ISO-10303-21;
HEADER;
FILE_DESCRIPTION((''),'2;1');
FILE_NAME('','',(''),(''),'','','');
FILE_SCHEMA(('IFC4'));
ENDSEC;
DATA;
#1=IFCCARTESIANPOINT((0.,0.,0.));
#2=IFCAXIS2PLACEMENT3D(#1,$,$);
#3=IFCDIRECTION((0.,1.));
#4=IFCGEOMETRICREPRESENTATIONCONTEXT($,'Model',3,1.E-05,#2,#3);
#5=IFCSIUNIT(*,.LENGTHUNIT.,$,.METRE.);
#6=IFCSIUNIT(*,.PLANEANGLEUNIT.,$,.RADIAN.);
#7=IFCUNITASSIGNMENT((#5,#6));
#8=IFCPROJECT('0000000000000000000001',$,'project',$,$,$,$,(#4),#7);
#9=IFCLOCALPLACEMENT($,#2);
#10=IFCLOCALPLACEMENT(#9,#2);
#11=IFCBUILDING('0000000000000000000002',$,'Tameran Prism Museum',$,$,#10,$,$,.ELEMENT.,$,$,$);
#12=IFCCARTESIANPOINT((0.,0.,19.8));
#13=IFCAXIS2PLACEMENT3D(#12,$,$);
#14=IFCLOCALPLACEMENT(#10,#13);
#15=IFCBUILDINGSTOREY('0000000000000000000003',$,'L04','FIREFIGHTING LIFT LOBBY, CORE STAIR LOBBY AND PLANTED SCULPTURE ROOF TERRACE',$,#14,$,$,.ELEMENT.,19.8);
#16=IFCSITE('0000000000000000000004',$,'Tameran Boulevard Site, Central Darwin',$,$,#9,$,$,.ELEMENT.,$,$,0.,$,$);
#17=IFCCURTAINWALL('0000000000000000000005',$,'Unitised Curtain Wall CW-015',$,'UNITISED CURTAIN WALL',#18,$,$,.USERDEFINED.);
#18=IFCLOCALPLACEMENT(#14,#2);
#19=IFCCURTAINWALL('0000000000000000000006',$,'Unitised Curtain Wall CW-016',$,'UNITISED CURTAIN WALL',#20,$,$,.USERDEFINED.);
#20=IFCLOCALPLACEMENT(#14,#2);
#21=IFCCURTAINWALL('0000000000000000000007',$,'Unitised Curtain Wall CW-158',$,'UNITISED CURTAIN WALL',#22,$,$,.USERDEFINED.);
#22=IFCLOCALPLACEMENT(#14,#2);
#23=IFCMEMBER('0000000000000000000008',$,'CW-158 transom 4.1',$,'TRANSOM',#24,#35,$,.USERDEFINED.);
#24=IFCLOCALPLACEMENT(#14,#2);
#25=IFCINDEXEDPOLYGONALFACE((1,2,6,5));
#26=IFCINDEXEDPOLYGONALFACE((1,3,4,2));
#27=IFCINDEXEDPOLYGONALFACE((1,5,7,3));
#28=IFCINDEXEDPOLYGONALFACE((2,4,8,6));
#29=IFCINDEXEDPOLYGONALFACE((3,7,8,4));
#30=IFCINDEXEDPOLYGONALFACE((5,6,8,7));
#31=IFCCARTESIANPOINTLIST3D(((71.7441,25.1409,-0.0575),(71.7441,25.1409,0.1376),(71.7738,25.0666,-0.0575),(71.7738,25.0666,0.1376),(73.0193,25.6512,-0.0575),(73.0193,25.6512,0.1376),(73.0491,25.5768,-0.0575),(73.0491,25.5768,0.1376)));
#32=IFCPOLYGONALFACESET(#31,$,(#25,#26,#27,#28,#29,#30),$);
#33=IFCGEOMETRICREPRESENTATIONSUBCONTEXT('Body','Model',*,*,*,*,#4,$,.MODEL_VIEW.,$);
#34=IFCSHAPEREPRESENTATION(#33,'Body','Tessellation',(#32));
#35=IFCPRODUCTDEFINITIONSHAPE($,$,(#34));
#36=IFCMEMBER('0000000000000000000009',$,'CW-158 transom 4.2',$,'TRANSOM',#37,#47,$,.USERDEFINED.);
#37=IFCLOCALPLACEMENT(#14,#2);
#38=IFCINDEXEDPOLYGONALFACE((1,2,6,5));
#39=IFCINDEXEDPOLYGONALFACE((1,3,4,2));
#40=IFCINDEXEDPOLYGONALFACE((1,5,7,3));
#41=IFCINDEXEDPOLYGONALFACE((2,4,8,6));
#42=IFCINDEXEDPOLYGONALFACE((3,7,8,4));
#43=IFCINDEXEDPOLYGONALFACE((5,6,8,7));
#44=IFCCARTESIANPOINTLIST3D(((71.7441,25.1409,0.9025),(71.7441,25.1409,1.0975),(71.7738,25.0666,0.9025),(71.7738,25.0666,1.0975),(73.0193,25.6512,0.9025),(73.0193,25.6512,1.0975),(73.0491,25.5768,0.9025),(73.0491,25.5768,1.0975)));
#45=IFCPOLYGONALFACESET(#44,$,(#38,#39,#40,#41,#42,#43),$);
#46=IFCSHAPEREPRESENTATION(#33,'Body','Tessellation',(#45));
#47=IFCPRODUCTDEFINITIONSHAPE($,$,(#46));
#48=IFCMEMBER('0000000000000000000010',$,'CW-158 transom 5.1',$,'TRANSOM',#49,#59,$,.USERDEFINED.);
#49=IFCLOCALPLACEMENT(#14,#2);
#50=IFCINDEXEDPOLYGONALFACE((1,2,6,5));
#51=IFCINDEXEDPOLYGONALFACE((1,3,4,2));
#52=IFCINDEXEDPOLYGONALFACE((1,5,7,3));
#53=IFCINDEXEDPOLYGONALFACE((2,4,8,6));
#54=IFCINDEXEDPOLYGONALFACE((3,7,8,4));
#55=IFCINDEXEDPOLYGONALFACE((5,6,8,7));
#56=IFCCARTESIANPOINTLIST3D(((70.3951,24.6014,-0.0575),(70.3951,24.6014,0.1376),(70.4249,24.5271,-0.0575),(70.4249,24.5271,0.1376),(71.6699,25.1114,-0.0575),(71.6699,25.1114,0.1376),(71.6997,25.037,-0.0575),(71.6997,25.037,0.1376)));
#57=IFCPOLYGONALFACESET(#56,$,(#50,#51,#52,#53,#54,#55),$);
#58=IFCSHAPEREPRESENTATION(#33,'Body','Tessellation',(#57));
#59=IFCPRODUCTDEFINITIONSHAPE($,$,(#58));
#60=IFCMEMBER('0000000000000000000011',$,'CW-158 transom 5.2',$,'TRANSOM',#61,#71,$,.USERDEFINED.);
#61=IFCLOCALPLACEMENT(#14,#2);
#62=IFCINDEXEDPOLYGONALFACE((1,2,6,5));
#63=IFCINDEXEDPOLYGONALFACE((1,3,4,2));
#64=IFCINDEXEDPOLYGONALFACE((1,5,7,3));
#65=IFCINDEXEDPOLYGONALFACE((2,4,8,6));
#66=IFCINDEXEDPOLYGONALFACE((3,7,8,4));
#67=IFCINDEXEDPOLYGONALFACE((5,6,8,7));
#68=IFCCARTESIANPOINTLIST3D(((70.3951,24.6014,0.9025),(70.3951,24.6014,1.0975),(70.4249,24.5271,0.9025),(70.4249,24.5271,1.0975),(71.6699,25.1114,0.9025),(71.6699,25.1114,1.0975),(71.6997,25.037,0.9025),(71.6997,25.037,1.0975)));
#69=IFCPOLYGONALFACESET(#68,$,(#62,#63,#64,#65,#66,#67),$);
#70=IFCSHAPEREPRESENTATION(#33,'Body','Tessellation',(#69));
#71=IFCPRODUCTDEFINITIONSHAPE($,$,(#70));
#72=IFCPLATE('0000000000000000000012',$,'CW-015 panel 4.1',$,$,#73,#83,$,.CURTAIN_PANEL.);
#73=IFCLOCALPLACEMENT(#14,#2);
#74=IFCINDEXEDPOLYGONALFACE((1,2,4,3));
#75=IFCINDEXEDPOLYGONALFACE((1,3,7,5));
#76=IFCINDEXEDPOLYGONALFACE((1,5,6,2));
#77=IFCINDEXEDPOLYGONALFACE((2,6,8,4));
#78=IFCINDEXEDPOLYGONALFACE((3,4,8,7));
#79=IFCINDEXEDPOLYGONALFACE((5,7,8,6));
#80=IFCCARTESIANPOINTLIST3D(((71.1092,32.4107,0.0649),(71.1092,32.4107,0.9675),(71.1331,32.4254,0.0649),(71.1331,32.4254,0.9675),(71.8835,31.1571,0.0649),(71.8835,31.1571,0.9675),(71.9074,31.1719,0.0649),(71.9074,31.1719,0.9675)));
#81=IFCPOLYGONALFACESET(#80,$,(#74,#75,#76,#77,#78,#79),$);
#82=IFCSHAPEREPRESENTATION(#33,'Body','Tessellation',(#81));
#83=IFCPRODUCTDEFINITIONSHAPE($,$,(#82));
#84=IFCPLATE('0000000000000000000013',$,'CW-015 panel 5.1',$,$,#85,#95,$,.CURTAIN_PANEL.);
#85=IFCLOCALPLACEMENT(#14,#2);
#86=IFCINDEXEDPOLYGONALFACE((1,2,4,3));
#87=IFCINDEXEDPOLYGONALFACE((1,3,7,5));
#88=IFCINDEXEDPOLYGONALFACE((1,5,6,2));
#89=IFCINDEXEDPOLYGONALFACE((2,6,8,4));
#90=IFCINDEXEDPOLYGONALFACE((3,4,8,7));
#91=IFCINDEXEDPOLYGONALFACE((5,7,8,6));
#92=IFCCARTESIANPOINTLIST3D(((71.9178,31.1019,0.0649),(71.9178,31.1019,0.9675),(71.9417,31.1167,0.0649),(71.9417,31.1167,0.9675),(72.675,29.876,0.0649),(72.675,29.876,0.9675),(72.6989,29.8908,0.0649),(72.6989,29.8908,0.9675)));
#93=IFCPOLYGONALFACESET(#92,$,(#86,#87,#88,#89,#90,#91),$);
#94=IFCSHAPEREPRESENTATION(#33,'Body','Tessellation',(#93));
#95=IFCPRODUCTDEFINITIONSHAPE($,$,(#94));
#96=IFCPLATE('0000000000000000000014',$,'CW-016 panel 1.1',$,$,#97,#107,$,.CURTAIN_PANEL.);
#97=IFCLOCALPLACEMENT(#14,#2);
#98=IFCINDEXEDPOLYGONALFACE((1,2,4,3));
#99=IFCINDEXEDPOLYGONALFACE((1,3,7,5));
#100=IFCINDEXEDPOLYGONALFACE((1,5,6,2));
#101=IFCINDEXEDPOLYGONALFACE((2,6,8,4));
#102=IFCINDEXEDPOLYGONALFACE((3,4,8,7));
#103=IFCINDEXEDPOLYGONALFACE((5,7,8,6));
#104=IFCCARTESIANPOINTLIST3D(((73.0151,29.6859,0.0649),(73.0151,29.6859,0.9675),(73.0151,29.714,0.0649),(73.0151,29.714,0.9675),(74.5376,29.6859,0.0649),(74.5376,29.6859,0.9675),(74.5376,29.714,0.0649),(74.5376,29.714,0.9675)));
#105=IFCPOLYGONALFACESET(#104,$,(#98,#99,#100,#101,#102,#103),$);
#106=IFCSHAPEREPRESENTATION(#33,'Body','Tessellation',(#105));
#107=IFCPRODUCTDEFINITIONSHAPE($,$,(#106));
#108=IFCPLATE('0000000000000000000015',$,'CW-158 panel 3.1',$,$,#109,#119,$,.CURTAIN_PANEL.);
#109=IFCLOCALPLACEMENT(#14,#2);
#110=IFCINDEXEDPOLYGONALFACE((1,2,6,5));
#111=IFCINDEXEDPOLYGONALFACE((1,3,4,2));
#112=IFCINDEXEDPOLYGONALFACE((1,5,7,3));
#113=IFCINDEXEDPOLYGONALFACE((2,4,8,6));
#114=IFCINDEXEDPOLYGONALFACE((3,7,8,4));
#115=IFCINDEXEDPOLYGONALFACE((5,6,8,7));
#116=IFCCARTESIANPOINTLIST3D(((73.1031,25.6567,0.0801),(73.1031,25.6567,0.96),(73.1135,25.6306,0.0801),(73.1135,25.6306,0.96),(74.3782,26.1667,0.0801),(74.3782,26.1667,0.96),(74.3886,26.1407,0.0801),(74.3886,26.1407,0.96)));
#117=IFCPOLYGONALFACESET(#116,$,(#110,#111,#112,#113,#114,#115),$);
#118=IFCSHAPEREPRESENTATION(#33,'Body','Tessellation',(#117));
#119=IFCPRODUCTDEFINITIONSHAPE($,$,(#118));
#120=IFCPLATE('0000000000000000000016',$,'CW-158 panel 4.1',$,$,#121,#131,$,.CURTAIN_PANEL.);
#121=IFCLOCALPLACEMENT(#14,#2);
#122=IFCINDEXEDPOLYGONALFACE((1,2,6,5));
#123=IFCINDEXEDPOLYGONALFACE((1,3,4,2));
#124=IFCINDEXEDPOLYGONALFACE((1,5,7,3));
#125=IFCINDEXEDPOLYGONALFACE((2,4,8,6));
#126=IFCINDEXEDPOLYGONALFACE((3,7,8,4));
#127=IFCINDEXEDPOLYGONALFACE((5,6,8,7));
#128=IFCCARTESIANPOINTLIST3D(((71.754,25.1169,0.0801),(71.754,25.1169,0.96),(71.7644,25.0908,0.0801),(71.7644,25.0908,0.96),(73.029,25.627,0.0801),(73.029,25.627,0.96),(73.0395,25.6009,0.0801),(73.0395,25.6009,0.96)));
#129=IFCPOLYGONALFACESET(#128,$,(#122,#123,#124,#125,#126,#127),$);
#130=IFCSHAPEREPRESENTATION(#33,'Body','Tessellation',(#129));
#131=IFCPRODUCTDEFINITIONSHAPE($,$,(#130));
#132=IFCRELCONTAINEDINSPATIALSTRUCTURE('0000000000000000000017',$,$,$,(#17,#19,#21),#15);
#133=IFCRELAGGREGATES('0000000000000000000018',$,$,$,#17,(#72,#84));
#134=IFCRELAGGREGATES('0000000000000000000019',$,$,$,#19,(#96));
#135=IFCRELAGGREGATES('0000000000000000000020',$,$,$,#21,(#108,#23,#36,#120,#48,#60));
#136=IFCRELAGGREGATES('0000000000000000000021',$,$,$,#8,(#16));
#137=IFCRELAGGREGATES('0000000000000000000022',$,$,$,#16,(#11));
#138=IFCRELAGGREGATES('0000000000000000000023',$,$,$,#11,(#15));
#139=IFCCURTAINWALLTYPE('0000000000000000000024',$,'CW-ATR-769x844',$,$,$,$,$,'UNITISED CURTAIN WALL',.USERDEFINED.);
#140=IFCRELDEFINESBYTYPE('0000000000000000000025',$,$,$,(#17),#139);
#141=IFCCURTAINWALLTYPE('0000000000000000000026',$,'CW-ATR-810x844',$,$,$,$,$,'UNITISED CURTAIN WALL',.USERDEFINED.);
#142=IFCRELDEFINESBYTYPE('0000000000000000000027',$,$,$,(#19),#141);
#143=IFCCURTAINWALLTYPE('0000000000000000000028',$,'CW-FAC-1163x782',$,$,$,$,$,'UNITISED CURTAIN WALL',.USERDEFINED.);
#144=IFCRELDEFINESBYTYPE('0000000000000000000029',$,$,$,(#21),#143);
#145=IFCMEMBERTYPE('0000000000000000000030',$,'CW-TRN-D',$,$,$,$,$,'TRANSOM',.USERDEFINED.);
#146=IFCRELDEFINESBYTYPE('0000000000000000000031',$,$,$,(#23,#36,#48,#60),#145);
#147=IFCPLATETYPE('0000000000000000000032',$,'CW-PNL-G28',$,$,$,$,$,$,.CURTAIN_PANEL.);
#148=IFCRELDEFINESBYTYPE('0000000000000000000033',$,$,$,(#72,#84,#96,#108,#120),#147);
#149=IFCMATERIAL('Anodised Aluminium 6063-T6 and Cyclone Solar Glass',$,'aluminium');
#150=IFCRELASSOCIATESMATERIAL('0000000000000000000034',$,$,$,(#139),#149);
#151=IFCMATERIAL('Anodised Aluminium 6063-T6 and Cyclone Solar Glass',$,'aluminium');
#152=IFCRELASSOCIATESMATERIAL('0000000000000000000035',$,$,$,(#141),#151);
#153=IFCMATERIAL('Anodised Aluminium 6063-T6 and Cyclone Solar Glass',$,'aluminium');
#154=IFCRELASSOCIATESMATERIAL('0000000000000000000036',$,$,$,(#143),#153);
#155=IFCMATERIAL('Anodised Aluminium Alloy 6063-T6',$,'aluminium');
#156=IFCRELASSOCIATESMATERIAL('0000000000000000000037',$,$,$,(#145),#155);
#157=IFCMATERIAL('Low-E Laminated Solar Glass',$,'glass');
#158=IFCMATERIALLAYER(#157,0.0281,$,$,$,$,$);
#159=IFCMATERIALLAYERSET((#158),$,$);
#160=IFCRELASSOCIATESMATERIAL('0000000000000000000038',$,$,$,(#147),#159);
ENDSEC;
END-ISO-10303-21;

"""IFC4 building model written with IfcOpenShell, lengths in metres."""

from ifc_helpers import new_model, si_unit, direction, frame, origin, origin_2d, place, context, subcontext, project, spatial, rectangle, extrude, material, layer, layer_set, material_profile, profile_set, type_object, element, aggregate, save


model = new_model("IFC4")

# Units and contexts
model_context = context("Model", 3, precision=1e-05, world=origin(), true_north=direction((0.0, 1.0)))
body_context = subcontext(model_context, "Body", "Model", "MODEL_VIEW")
ifc_project = project(units=[si_unit("LENGTHUNIT", "METRE"), si_unit("PLANEANGLEUNIT", "RADIAN")], contexts=[model_context])

# Site, building, storey
site_placement = place(None, origin())
site = spatial("IfcSite", under=ifc_project, at=site_placement, Name="Tameran Boulevard Site, Central Darwin", CompositionType="ELEMENT", RefElevation=0.0)
building_placement = place(site_placement, origin())
building = spatial("IfcBuilding", under=site, at=building_placement, Name="Tameran Prism Museum", CompositionType="ELEMENT")
storey_placement = place(building_placement, frame((0.0, 0.0, 19.8)))
storey = spatial("IfcBuildingStorey", under=building, at=storey_placement, Name="L04", Description="FIREFIGHTING LIFT LOBBY, CORE STAIR LOBBY AND PLANTED SCULPTURE ROOF TERRACE", CompositionType="ELEMENT", Elevation=19.8)

# Curtain walls
ifc_material_1 = material(Name="Anodised Aluminium 6063-T6 and Cyclone Solar Glass", Category="aluminium")
curtain_wall_type_1 = type_object("IfcCurtainWallType", Name="CW-ATR-769x844", ElementType="UNITISED CURTAIN WALL", PredefinedType="USERDEFINED", material=ifc_material_1)
curtain_wall_1_placement = place(storey_placement, origin())
curtain_wall_1 = element("IfcCurtainWall", 1, at=curtain_wall_1_placement, inside=storey, type_object=curtain_wall_type_1, Name="Unitised Curtain Wall CW-015", ObjectType="UNITISED CURTAIN WALL", PredefinedType="USERDEFINED")
ifc_material_2 = material(Name="Anodised Aluminium 6063-T6 and Cyclone Solar Glass", Category="aluminium")
curtain_wall_type_2 = type_object("IfcCurtainWallType", Name="CW-ATR-810x844", ElementType="UNITISED CURTAIN WALL", PredefinedType="USERDEFINED", material=ifc_material_2)
curtain_wall_2_placement = place(storey_placement, origin())
curtain_wall_2 = element("IfcCurtainWall", 2, at=curtain_wall_2_placement, inside=storey, type_object=curtain_wall_type_2, Name="Unitised Curtain Wall CW-016", ObjectType="UNITISED CURTAIN WALL", PredefinedType="USERDEFINED")
ifc_material_3 = material(Name="Anodised Aluminium 6063-T6 and Cyclone Solar Glass", Category="aluminium")
curtain_wall_type_3 = type_object("IfcCurtainWallType", Name="CW-FAC-1163x782", ElementType="UNITISED CURTAIN WALL", PredefinedType="USERDEFINED", material=ifc_material_3)
curtain_wall_3_placement = place(storey_placement, origin())
curtain_wall_3 = element("IfcCurtainWall", 3, at=curtain_wall_3_placement, inside=storey, type_object=curtain_wall_type_3, Name="Unitised Curtain Wall CW-158", ObjectType="UNITISED CURTAIN WALL", PredefinedType="USERDEFINED")

# Members
ifc_material_4 = material(Name="Anodised Aluminium Alloy 6063-T6", Category="aluminium")
ifc_material_profile_1 = material_profile(ifc_material_4, rectangle(XDim=0.0801, YDim=0.1951, at=origin_2d()))
ifc_profile_set_1 = profile_set([ifc_material_profile_1])
member_type_1 = type_object("IfcMemberType", Name="CW-TRN-D", ElementType="TRANSOM", PredefinedType="USERDEFINED", material=ifc_profile_set_1)
member_1_placement = place(storey_placement, frame((73.0342, 25.614, 0.04), z_axis=(-0.928428, -0.371513, 0.0), x_axis=(0.371513, -0.928428, 0.0)))
member_1 = element("IfcMember", 4, at=member_1_placement, type_object=member_type_1, Name="CW-158 transom 4.1", ObjectType="TRANSOM", PredefinedType="USERDEFINED", context=body_context, shape_type="SweptSolid", body=[
    extrude(rectangle(XDim=0.0801, YDim=0.1951, at=origin_2d()), origin(), (0.0, 0.0, 1.0), 1.3735),
])
member_2_placement = place(storey_placement, frame((73.0342, 25.614, 1.0), z_axis=(-0.928428, -0.371513, 0.0), x_axis=(0.371513, -0.928428, 0.0)))
member_2 = element("IfcMember", 5, at=member_2_placement, type_object=member_type_1, Name="CW-158 transom 4.2", ObjectType="TRANSOM", PredefinedType="USERDEFINED", context=body_context, shape_type="SweptSolid", body=[
    extrude(rectangle(XDim=0.0801, YDim=0.1951, at=origin_2d()), origin(), (0.0, 0.0, 1.0), 1.3735),
])
member_3_placement = place(storey_placement, frame((71.6848, 25.0742, 0.04), z_axis=(-0.928464, -0.371421, 0.0), x_axis=(0.371421, -0.928464, 0.0)))
member_3 = element("IfcMember", 6, at=member_3_placement, type_object=member_type_1, Name="CW-158 transom 5.1", ObjectType="TRANSOM", PredefinedType="USERDEFINED", context=body_context, shape_type="SweptSolid", body=[
    extrude(rectangle(XDim=0.0801, YDim=0.1951, at=origin_2d()), origin(), (0.0, 0.0, 1.0), 1.373),
])
member_4_placement = place(storey_placement, frame((71.6848, 25.0742, 1.0), z_axis=(-0.928464, -0.371421, 0.0), x_axis=(0.371421, -0.928464, 0.0)))
member_4 = element("IfcMember", 7, at=member_4_placement, type_object=member_type_1, Name="CW-158 transom 5.2", ObjectType="TRANSOM", PredefinedType="USERDEFINED", context=body_context, shape_type="SweptSolid", body=[
    extrude(rectangle(XDim=0.0801, YDim=0.1951, at=origin_2d()), origin(), (0.0, 0.0, 1.0), 1.373),
])

# Plates
ifc_material_5 = material(Name="Low-E Laminated Solar Glass", Category="glass")
ifc_layer_1 = layer(ifc_material_5, 0.0281)
ifc_layer_set_1 = layer_set([ifc_layer_1])
plate_type = type_object("IfcPlateType", Name="CW-PNL-G28", PredefinedType="CURTAIN_PANEL", material=ifc_layer_set_1)
plate_1_placement = place(storey_placement, frame((71.5083, 31.7913, 0.0649), z_axis=(0.0, 0.0, 1.0), x_axis=(0.525504, -0.850791, 0.0)))
plate_1 = element("IfcPlate", 8, at=plate_1_placement, type_object=plate_type, Name="CW-015 panel 4.1", PredefinedType="CURTAIN_PANEL", context=body_context, shape_type="SweptSolid", body=[
    extrude(rectangle(XDim=1.4734, YDim=0.0281, at=origin_2d()), origin(), (0.0, 0.0, 1.0), 0.9026),
])
plate_2_placement = place(storey_placement, frame((72.3083, 30.4963, 0.0649), z_axis=(0.0, 0.0, 1.0), x_axis=(0.525504, -0.850791, 0.0)))
plate_2 = element("IfcPlate", 9, at=plate_2_placement, type_object=plate_type, Name="CW-015 panel 5.1", PredefinedType="CURTAIN_PANEL", context=body_context, shape_type="SweptSolid", body=[
    extrude(rectangle(XDim=1.4409, YDim=0.0281, at=origin_2d()), origin(), (0.0, 0.0, 1.0), 0.9026),
])
aggregate(curtain_wall_1, [plate_1, plate_2])
plate_3_placement = place(storey_placement, frame((73.7764, 29.7, 0.0649), z_axis=(0.0, 0.0, 1.0), x_axis=(1.0, 0.0, 0.0)))
plate_3 = element("IfcPlate", 10, at=plate_3_placement, type_object=plate_type, Name="CW-016 panel 1.1", PredefinedType="CURTAIN_PANEL", context=body_context, shape_type="SweptSolid", body=[
    extrude(rectangle(XDim=1.5225, YDim=0.0281, at=origin_2d()), origin(), (0.0, 0.0, 1.0), 0.9026),
])
aggregate(curtain_wall_2, [plate_3])
plate_4_placement = place(storey_placement, frame((73.7458, 25.8987, 0.0801), z_axis=(0.0, 0.0, 1.0), x_axis=(-0.928465, -0.37142, 0.0)))
plate_4 = element("IfcPlate", 11, at=plate_4_placement, type_object=plate_type, Name="CW-158 panel 3.1", PredefinedType="CURTAIN_PANEL", context=body_context, shape_type="SweptSolid", body=[
    extrude(rectangle(XDim=1.3733, YDim=0.0281, at=origin_2d()), origin(), (0.0, 0.0, 1.0), 0.8799),
])
plate_5_placement = place(storey_placement, frame((72.3967, 25.3589, 0.0801), z_axis=(0.0, 0.0, 1.0), x_axis=(-0.928465, -0.37142, 0.0)))
plate_5 = element("IfcPlate", 12, at=plate_5_placement, type_object=plate_type, Name="CW-158 panel 4.1", PredefinedType="CURTAIN_PANEL", context=body_context, shape_type="SweptSolid", body=[
    extrude(rectangle(XDim=1.3733, YDim=0.0281, at=origin_2d()), origin(), (0.0, 0.0, 1.0), 0.8799),
])
aggregate(curtain_wall_3, [plate_4, member_1, member_2, plate_5, member_3, member_4])

save(model, "model.ifc")
